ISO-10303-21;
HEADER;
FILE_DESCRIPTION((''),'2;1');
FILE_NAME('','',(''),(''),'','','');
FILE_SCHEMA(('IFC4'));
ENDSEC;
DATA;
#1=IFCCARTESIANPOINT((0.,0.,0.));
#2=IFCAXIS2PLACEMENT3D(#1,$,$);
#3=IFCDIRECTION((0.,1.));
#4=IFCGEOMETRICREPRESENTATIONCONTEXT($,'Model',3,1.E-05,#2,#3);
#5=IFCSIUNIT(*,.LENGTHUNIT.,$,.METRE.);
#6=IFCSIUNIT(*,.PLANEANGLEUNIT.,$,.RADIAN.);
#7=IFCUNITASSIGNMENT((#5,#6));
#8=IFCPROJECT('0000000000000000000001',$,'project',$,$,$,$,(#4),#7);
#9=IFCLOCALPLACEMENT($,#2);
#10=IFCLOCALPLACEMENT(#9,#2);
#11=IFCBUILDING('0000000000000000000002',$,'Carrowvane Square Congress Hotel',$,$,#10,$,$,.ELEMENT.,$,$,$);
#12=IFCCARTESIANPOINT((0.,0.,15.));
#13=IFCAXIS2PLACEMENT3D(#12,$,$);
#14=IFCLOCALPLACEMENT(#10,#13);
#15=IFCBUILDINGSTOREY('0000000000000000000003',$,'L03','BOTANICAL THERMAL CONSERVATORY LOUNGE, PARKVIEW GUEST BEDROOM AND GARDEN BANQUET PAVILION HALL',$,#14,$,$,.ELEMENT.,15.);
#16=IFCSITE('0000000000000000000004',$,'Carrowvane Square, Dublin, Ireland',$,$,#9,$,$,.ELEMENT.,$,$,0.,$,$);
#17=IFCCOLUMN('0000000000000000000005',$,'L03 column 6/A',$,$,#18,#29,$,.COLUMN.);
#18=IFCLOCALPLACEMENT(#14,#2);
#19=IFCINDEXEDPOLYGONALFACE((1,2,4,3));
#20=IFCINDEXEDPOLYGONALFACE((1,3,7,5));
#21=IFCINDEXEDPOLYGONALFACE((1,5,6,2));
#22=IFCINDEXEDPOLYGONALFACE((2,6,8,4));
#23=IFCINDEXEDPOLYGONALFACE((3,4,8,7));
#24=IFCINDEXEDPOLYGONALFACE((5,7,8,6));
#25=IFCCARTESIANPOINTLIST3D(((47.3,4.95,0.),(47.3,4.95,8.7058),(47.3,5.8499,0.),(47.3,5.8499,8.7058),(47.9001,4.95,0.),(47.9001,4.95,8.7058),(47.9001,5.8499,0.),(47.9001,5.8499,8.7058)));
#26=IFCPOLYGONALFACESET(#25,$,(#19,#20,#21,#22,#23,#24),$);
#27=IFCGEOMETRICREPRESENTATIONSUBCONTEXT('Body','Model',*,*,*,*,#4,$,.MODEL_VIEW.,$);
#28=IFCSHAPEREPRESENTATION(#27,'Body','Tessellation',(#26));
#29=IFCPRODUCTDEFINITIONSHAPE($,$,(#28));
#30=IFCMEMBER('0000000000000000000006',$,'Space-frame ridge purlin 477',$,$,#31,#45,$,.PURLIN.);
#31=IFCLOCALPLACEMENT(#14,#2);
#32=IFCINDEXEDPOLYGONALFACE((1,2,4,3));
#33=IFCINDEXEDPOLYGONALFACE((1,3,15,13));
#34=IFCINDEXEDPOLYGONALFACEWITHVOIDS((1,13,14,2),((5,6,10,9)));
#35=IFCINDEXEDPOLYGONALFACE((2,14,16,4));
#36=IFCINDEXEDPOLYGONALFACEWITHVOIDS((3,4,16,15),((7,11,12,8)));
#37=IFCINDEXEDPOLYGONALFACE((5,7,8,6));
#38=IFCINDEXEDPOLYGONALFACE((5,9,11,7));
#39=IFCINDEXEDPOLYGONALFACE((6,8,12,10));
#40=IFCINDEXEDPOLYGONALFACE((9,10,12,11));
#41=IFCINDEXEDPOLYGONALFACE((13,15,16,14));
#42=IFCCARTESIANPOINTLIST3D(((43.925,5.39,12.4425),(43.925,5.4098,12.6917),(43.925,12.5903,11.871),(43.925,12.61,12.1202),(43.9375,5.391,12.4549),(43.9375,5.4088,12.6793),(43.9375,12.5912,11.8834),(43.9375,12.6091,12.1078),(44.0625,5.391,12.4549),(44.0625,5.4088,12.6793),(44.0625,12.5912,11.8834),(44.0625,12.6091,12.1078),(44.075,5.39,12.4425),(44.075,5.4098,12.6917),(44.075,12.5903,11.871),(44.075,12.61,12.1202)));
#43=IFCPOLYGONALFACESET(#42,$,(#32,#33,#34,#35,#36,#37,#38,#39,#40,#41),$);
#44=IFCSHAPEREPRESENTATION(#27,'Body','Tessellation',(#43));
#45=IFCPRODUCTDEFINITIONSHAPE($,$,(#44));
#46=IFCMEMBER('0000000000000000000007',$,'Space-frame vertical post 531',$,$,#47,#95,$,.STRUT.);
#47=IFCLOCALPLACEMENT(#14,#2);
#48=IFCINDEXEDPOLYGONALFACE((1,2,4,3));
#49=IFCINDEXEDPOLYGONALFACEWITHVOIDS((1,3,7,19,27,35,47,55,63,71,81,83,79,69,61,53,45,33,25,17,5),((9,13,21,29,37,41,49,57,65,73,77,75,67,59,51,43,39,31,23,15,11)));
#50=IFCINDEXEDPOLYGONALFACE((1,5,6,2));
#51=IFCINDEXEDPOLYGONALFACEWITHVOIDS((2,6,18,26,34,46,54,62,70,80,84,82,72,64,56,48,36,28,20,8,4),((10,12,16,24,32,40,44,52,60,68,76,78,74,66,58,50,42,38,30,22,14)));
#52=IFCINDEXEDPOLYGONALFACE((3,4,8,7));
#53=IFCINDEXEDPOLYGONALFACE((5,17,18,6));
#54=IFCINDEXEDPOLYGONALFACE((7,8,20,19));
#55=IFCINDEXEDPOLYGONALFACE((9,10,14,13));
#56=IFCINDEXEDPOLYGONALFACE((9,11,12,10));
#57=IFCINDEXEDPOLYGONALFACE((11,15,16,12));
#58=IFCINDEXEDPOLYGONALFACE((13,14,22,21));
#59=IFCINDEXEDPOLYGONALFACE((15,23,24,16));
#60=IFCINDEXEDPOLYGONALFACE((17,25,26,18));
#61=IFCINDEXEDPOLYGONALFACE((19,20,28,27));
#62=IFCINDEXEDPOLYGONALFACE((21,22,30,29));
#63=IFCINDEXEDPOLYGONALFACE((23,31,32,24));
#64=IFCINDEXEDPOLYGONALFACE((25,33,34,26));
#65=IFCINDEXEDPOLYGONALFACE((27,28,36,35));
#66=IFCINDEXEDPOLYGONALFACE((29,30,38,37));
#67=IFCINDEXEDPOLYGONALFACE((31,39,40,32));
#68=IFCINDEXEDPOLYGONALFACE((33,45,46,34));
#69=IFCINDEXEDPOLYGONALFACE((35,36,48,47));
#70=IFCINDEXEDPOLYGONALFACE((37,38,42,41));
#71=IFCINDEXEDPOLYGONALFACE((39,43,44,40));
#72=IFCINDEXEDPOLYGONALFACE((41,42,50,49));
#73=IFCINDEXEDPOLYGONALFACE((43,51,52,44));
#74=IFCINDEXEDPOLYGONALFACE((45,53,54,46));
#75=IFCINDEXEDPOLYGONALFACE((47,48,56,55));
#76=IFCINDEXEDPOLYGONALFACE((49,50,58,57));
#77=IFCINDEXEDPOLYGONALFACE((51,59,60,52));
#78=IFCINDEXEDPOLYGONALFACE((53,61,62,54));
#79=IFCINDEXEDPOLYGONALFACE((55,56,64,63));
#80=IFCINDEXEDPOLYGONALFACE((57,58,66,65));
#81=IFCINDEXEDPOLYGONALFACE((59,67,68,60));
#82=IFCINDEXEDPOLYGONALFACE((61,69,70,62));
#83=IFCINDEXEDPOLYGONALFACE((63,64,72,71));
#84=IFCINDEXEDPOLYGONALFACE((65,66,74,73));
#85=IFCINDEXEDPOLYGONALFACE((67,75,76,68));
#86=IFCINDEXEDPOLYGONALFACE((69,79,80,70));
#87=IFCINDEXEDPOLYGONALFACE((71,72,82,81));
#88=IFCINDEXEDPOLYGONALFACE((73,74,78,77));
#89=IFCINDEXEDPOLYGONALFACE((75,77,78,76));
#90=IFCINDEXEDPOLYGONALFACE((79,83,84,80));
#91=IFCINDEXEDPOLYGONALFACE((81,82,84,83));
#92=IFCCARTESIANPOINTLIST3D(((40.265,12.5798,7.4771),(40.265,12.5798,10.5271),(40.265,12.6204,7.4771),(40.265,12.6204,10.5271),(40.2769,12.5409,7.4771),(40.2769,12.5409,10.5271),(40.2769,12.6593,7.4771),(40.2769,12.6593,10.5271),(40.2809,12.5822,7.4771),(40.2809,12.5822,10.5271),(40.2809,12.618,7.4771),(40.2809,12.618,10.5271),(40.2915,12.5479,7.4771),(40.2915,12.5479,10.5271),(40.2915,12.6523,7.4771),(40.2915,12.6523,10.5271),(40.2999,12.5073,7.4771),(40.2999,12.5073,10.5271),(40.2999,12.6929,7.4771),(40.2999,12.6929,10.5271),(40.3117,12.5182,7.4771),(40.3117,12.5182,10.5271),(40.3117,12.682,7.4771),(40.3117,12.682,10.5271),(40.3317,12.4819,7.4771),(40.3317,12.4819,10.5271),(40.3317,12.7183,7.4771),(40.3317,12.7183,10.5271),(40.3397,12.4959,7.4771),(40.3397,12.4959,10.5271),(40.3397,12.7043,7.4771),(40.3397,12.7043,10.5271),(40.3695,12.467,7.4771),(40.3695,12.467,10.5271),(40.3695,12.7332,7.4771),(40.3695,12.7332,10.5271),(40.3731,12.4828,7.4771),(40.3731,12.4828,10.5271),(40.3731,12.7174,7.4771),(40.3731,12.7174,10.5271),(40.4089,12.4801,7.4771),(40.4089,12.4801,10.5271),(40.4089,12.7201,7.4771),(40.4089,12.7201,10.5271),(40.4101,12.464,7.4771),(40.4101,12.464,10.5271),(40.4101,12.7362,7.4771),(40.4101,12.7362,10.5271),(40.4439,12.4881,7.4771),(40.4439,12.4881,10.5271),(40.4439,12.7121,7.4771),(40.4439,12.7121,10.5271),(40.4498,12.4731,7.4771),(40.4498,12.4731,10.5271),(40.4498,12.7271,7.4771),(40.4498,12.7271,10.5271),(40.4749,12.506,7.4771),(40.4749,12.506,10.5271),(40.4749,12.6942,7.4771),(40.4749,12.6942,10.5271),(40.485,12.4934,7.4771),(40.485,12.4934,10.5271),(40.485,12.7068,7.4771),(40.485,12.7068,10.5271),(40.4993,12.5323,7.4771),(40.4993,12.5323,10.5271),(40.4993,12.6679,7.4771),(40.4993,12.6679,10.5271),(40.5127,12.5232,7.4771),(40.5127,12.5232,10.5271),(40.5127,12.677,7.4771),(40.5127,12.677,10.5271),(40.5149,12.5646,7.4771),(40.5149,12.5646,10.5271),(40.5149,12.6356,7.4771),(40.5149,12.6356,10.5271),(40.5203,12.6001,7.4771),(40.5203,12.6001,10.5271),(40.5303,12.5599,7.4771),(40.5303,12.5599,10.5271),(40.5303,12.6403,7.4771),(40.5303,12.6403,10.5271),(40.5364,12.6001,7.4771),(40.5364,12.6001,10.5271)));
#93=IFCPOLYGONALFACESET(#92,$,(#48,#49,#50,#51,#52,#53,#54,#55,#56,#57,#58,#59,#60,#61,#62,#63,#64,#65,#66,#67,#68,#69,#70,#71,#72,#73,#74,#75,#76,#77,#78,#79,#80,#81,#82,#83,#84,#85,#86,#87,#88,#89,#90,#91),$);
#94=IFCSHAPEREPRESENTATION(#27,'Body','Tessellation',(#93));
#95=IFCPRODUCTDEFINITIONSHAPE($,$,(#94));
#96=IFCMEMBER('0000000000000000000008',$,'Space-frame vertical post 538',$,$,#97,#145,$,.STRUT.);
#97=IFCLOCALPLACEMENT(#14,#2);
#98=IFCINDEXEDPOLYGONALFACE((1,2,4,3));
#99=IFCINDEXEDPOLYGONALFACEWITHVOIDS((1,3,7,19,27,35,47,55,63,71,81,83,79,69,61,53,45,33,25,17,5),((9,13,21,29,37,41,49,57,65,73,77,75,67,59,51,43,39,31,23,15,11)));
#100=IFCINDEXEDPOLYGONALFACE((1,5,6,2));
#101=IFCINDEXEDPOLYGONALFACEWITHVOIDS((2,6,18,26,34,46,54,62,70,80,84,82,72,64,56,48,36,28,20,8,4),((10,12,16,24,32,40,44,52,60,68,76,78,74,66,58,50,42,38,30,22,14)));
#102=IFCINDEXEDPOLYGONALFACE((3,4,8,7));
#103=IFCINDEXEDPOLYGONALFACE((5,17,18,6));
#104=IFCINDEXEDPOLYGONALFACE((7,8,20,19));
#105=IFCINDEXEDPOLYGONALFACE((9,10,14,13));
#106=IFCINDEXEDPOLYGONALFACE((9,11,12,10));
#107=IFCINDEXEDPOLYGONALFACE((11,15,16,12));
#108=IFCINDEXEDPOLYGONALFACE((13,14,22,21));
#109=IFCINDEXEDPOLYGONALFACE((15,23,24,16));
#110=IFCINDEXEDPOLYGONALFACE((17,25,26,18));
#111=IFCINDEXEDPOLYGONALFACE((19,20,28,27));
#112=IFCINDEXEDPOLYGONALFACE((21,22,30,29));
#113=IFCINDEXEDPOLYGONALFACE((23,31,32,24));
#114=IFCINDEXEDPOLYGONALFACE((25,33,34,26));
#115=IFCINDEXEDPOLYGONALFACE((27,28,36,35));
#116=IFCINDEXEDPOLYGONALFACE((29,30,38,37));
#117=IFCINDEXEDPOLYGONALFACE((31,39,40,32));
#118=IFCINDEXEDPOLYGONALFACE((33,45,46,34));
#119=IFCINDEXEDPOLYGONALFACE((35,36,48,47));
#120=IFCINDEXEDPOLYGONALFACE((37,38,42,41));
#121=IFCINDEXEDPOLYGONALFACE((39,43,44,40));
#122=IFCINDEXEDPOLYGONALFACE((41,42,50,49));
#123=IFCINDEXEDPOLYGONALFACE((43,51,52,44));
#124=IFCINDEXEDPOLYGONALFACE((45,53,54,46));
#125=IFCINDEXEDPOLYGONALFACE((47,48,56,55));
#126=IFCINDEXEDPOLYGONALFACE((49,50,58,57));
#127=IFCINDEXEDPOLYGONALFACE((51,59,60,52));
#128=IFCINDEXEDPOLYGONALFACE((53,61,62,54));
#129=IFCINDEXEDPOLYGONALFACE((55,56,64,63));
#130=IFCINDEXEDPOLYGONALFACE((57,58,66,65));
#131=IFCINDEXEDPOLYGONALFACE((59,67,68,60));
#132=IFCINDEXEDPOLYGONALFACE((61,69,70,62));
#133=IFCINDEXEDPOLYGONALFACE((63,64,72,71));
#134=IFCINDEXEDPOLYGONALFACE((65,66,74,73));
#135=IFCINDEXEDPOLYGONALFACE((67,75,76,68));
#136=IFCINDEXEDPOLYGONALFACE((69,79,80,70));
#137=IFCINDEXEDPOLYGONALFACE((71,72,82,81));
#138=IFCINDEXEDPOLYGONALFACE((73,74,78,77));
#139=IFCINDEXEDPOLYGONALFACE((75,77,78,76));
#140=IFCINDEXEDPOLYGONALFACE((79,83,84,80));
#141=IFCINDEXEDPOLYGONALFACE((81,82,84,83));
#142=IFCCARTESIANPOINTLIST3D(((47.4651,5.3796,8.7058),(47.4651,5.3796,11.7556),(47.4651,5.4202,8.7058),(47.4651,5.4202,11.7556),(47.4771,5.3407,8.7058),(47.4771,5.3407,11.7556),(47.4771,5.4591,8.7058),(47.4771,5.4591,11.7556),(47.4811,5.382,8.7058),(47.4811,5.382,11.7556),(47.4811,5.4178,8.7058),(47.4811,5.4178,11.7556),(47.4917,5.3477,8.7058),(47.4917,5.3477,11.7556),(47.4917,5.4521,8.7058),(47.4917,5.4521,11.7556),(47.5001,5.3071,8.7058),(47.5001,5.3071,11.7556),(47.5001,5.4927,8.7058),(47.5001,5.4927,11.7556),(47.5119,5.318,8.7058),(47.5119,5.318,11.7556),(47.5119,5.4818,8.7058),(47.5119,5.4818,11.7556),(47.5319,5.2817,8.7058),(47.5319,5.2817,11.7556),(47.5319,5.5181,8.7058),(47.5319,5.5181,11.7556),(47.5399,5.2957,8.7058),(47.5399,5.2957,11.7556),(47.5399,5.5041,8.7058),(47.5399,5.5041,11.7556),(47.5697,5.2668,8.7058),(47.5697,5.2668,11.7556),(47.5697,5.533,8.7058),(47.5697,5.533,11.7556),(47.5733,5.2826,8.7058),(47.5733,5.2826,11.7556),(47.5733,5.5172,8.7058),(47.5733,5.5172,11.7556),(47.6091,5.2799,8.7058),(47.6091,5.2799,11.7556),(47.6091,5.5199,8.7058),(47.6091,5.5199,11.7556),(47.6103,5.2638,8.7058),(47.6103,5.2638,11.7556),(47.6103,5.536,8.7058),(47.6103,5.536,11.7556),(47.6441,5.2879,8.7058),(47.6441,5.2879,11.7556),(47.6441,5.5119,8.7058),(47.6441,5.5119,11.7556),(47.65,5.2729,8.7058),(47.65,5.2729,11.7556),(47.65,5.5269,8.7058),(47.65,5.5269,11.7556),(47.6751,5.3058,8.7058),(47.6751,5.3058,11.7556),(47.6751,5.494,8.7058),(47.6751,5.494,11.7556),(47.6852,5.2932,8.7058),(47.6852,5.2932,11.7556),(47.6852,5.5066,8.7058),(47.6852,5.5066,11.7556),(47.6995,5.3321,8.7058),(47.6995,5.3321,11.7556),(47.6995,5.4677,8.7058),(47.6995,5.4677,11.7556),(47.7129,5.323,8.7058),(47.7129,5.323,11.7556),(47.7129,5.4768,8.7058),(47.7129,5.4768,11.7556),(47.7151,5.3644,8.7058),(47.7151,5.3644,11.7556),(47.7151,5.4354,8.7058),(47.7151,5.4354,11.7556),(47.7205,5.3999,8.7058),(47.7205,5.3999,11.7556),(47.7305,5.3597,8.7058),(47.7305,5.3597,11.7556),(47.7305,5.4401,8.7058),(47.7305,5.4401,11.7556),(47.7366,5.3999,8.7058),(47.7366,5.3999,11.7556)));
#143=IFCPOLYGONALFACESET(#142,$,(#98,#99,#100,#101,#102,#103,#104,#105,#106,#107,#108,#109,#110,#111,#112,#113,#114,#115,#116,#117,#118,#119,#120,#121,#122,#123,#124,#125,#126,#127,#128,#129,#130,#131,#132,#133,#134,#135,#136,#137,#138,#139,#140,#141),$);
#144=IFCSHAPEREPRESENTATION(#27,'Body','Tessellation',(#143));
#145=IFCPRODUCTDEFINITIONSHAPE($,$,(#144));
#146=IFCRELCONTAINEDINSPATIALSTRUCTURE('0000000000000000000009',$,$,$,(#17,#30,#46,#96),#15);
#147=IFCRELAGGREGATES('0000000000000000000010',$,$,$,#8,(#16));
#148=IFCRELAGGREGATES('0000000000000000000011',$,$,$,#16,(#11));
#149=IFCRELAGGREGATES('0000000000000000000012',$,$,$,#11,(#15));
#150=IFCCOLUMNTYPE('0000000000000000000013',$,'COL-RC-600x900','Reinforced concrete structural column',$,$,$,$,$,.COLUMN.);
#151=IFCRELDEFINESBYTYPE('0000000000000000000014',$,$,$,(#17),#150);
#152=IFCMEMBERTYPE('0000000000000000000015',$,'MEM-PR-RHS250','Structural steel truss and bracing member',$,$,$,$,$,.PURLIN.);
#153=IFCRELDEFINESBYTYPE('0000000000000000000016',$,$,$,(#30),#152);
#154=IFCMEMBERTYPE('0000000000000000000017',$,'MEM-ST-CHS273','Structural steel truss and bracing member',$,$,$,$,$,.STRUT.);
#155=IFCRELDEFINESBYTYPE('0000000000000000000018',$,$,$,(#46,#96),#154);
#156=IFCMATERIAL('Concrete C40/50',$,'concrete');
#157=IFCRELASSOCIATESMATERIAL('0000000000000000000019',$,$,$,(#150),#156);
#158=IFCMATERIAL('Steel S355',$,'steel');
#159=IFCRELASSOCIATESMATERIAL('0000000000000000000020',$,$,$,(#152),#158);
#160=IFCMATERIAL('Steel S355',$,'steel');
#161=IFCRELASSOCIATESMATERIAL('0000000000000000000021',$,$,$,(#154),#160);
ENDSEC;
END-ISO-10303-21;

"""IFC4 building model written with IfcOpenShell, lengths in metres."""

from ifc_helpers import new_model, si_unit, direction, frame, origin, origin_2d, place, context, subcontext, project, spatial, rectangle, hollow_rectangle, hollow_circle, extrude, material, material_profile, profile_set, type_object, element, save


model = new_model("IFC4")

# Units and contexts
model_context = context("Model", 3, precision=1e-05, world=origin(), true_north=direction((0.0, 1.0)))
body_context = subcontext(model_context, "Body", "Model", "MODEL_VIEW")
ifc_project = project(units=[si_unit("LENGTHUNIT", "METRE"), si_unit("PLANEANGLEUNIT", "RADIAN")], contexts=[model_context])

# Site, building, storey
site_placement = place(None, origin())
site = spatial("IfcSite", under=ifc_project, at=site_placement, Name="Carrowvane Square, Dublin, Ireland", CompositionType="ELEMENT", RefElevation=0.0)
building_placement = place(site_placement, origin())
building = spatial("IfcBuilding", under=site, at=building_placement, Name="Carrowvane Square Congress Hotel", CompositionType="ELEMENT")
storey_placement = place(building_placement, frame((0.0, 0.0, 15.0)))
storey = spatial("IfcBuildingStorey", under=building, at=storey_placement, Name="L03", Description="BOTANICAL THERMAL CONSERVATORY LOUNGE, PARKVIEW GUEST BEDROOM AND GARDEN BANQUET PAVILION HALL", CompositionType="ELEMENT", Elevation=15.0)

# Column
ifc_material_1 = material(Name="Concrete C40/50", Category="concrete")
ifc_material_profile_1 = material_profile(ifc_material_1, rectangle(XDim=0.6001, YDim=0.8999, at=origin_2d()), Name="RC 600x900")
ifc_profile_set_1 = profile_set([ifc_material_profile_1], Name="Concrete C40/50")
column_type = type_object("IfcColumnType", Name="COL-RC-600x900", Description="Reinforced concrete structural column", PredefinedType="COLUMN", material=ifc_profile_set_1)
column_placement = place(storey_placement, frame((47.6001, 5.3999, 0.0), z_axis=(0.0, 0.0, 1.0), x_axis=(1.0, 0.0, 0.0)))
element("IfcColumn", 1, at=column_placement, inside=storey, type_object=column_type, Name="L03 column 6/A", PredefinedType="COLUMN", context=body_context, shape_type="SweptSolid", body=[
    extrude(rectangle(XDim=0.6001, YDim=0.8999, at=origin_2d()), origin(), (0.0, 0.0, 1.0), 8.7058),
])

# Members
ifc_material_2 = material(Name="Steel S355", Category="steel")
ifc_material_profile_2 = material_profile(ifc_material_2, hollow_rectangle(XDim=0.1499, YDim=0.25, WallThickness=0.0125, at=origin_2d()), Name="RHS 250x150x12.5")
ifc_profile_set_2 = profile_set([ifc_material_profile_2], Name="Steel S355")
member_type_1 = type_object("IfcMemberType", Name="MEM-PR-RHS250", Description="Structural steel truss and bracing member", PredefinedType="PURLIN", material=ifc_profile_set_2)
member_1_placement = place(storey_placement, frame((44.0, 5.3999, 12.5671), z_axis=(0.0, 0.996864, -0.079129), x_axis=(-1.0, 0.0, 0.0)))
element("IfcMember", 2, at=member_1_placement, inside=storey, type_object=member_type_1, Name="Space-frame ridge purlin 477", PredefinedType="PURLIN", context=body_context, shape_type="SweptSolid", body=[
    extrude(hollow_rectangle(XDim=0.1499, YDim=0.25, WallThickness=0.0125, at=origin_2d()), origin(), (0.0, 0.0, 1.0), 7.2229),
])
ifc_material_3 = material(Name="Steel S355", Category="steel")
ifc_material_profile_3 = material_profile(ifc_material_3, hollow_circle(Radius=0.1365, WallThickness=0.0161, at=origin_2d()), Name="CHS 273.0x16")
ifc_profile_set_3 = profile_set([ifc_material_profile_3], Name="Steel S355")
member_type_2 = type_object("IfcMemberType", Name="MEM-ST-CHS273", Description="Structural steel truss and bracing member", PredefinedType="STRUT", material=ifc_profile_set_3)
member_2_placement = place(storey_placement, frame((40.3999, 12.6001, 7.4771), z_axis=(0.0, 0.0, 1.0), x_axis=(1.0, 0.0, 0.0)))
element("IfcMember", 3, at=member_2_placement, inside=storey, type_object=member_type_2, Name="Space-frame vertical post 531", PredefinedType="STRUT", context=body_context, shape_type="SweptSolid", body=[
    extrude(hollow_circle(Radius=0.1365, WallThickness=0.0161, at=origin_2d()), origin(), (0.0, 0.0, 1.0), 3.05),
])
member_3_placement = place(storey_placement, frame((47.6001, 5.3999, 8.7058), z_axis=(0.0, 0.0, 1.0), x_axis=(1.0, 0.0, 0.0)))
element("IfcMember", 4, at=member_3_placement, inside=storey, type_object=member_type_2, Name="Space-frame vertical post 538", PredefinedType="STRUT", context=body_context, shape_type="SweptSolid", body=[
    extrude(hollow_circle(Radius=0.1365, WallThickness=0.0161, at=origin_2d()), origin(), (0.0, 0.0, 1.0), 3.0498),
])

save(model, "model.ifc")
